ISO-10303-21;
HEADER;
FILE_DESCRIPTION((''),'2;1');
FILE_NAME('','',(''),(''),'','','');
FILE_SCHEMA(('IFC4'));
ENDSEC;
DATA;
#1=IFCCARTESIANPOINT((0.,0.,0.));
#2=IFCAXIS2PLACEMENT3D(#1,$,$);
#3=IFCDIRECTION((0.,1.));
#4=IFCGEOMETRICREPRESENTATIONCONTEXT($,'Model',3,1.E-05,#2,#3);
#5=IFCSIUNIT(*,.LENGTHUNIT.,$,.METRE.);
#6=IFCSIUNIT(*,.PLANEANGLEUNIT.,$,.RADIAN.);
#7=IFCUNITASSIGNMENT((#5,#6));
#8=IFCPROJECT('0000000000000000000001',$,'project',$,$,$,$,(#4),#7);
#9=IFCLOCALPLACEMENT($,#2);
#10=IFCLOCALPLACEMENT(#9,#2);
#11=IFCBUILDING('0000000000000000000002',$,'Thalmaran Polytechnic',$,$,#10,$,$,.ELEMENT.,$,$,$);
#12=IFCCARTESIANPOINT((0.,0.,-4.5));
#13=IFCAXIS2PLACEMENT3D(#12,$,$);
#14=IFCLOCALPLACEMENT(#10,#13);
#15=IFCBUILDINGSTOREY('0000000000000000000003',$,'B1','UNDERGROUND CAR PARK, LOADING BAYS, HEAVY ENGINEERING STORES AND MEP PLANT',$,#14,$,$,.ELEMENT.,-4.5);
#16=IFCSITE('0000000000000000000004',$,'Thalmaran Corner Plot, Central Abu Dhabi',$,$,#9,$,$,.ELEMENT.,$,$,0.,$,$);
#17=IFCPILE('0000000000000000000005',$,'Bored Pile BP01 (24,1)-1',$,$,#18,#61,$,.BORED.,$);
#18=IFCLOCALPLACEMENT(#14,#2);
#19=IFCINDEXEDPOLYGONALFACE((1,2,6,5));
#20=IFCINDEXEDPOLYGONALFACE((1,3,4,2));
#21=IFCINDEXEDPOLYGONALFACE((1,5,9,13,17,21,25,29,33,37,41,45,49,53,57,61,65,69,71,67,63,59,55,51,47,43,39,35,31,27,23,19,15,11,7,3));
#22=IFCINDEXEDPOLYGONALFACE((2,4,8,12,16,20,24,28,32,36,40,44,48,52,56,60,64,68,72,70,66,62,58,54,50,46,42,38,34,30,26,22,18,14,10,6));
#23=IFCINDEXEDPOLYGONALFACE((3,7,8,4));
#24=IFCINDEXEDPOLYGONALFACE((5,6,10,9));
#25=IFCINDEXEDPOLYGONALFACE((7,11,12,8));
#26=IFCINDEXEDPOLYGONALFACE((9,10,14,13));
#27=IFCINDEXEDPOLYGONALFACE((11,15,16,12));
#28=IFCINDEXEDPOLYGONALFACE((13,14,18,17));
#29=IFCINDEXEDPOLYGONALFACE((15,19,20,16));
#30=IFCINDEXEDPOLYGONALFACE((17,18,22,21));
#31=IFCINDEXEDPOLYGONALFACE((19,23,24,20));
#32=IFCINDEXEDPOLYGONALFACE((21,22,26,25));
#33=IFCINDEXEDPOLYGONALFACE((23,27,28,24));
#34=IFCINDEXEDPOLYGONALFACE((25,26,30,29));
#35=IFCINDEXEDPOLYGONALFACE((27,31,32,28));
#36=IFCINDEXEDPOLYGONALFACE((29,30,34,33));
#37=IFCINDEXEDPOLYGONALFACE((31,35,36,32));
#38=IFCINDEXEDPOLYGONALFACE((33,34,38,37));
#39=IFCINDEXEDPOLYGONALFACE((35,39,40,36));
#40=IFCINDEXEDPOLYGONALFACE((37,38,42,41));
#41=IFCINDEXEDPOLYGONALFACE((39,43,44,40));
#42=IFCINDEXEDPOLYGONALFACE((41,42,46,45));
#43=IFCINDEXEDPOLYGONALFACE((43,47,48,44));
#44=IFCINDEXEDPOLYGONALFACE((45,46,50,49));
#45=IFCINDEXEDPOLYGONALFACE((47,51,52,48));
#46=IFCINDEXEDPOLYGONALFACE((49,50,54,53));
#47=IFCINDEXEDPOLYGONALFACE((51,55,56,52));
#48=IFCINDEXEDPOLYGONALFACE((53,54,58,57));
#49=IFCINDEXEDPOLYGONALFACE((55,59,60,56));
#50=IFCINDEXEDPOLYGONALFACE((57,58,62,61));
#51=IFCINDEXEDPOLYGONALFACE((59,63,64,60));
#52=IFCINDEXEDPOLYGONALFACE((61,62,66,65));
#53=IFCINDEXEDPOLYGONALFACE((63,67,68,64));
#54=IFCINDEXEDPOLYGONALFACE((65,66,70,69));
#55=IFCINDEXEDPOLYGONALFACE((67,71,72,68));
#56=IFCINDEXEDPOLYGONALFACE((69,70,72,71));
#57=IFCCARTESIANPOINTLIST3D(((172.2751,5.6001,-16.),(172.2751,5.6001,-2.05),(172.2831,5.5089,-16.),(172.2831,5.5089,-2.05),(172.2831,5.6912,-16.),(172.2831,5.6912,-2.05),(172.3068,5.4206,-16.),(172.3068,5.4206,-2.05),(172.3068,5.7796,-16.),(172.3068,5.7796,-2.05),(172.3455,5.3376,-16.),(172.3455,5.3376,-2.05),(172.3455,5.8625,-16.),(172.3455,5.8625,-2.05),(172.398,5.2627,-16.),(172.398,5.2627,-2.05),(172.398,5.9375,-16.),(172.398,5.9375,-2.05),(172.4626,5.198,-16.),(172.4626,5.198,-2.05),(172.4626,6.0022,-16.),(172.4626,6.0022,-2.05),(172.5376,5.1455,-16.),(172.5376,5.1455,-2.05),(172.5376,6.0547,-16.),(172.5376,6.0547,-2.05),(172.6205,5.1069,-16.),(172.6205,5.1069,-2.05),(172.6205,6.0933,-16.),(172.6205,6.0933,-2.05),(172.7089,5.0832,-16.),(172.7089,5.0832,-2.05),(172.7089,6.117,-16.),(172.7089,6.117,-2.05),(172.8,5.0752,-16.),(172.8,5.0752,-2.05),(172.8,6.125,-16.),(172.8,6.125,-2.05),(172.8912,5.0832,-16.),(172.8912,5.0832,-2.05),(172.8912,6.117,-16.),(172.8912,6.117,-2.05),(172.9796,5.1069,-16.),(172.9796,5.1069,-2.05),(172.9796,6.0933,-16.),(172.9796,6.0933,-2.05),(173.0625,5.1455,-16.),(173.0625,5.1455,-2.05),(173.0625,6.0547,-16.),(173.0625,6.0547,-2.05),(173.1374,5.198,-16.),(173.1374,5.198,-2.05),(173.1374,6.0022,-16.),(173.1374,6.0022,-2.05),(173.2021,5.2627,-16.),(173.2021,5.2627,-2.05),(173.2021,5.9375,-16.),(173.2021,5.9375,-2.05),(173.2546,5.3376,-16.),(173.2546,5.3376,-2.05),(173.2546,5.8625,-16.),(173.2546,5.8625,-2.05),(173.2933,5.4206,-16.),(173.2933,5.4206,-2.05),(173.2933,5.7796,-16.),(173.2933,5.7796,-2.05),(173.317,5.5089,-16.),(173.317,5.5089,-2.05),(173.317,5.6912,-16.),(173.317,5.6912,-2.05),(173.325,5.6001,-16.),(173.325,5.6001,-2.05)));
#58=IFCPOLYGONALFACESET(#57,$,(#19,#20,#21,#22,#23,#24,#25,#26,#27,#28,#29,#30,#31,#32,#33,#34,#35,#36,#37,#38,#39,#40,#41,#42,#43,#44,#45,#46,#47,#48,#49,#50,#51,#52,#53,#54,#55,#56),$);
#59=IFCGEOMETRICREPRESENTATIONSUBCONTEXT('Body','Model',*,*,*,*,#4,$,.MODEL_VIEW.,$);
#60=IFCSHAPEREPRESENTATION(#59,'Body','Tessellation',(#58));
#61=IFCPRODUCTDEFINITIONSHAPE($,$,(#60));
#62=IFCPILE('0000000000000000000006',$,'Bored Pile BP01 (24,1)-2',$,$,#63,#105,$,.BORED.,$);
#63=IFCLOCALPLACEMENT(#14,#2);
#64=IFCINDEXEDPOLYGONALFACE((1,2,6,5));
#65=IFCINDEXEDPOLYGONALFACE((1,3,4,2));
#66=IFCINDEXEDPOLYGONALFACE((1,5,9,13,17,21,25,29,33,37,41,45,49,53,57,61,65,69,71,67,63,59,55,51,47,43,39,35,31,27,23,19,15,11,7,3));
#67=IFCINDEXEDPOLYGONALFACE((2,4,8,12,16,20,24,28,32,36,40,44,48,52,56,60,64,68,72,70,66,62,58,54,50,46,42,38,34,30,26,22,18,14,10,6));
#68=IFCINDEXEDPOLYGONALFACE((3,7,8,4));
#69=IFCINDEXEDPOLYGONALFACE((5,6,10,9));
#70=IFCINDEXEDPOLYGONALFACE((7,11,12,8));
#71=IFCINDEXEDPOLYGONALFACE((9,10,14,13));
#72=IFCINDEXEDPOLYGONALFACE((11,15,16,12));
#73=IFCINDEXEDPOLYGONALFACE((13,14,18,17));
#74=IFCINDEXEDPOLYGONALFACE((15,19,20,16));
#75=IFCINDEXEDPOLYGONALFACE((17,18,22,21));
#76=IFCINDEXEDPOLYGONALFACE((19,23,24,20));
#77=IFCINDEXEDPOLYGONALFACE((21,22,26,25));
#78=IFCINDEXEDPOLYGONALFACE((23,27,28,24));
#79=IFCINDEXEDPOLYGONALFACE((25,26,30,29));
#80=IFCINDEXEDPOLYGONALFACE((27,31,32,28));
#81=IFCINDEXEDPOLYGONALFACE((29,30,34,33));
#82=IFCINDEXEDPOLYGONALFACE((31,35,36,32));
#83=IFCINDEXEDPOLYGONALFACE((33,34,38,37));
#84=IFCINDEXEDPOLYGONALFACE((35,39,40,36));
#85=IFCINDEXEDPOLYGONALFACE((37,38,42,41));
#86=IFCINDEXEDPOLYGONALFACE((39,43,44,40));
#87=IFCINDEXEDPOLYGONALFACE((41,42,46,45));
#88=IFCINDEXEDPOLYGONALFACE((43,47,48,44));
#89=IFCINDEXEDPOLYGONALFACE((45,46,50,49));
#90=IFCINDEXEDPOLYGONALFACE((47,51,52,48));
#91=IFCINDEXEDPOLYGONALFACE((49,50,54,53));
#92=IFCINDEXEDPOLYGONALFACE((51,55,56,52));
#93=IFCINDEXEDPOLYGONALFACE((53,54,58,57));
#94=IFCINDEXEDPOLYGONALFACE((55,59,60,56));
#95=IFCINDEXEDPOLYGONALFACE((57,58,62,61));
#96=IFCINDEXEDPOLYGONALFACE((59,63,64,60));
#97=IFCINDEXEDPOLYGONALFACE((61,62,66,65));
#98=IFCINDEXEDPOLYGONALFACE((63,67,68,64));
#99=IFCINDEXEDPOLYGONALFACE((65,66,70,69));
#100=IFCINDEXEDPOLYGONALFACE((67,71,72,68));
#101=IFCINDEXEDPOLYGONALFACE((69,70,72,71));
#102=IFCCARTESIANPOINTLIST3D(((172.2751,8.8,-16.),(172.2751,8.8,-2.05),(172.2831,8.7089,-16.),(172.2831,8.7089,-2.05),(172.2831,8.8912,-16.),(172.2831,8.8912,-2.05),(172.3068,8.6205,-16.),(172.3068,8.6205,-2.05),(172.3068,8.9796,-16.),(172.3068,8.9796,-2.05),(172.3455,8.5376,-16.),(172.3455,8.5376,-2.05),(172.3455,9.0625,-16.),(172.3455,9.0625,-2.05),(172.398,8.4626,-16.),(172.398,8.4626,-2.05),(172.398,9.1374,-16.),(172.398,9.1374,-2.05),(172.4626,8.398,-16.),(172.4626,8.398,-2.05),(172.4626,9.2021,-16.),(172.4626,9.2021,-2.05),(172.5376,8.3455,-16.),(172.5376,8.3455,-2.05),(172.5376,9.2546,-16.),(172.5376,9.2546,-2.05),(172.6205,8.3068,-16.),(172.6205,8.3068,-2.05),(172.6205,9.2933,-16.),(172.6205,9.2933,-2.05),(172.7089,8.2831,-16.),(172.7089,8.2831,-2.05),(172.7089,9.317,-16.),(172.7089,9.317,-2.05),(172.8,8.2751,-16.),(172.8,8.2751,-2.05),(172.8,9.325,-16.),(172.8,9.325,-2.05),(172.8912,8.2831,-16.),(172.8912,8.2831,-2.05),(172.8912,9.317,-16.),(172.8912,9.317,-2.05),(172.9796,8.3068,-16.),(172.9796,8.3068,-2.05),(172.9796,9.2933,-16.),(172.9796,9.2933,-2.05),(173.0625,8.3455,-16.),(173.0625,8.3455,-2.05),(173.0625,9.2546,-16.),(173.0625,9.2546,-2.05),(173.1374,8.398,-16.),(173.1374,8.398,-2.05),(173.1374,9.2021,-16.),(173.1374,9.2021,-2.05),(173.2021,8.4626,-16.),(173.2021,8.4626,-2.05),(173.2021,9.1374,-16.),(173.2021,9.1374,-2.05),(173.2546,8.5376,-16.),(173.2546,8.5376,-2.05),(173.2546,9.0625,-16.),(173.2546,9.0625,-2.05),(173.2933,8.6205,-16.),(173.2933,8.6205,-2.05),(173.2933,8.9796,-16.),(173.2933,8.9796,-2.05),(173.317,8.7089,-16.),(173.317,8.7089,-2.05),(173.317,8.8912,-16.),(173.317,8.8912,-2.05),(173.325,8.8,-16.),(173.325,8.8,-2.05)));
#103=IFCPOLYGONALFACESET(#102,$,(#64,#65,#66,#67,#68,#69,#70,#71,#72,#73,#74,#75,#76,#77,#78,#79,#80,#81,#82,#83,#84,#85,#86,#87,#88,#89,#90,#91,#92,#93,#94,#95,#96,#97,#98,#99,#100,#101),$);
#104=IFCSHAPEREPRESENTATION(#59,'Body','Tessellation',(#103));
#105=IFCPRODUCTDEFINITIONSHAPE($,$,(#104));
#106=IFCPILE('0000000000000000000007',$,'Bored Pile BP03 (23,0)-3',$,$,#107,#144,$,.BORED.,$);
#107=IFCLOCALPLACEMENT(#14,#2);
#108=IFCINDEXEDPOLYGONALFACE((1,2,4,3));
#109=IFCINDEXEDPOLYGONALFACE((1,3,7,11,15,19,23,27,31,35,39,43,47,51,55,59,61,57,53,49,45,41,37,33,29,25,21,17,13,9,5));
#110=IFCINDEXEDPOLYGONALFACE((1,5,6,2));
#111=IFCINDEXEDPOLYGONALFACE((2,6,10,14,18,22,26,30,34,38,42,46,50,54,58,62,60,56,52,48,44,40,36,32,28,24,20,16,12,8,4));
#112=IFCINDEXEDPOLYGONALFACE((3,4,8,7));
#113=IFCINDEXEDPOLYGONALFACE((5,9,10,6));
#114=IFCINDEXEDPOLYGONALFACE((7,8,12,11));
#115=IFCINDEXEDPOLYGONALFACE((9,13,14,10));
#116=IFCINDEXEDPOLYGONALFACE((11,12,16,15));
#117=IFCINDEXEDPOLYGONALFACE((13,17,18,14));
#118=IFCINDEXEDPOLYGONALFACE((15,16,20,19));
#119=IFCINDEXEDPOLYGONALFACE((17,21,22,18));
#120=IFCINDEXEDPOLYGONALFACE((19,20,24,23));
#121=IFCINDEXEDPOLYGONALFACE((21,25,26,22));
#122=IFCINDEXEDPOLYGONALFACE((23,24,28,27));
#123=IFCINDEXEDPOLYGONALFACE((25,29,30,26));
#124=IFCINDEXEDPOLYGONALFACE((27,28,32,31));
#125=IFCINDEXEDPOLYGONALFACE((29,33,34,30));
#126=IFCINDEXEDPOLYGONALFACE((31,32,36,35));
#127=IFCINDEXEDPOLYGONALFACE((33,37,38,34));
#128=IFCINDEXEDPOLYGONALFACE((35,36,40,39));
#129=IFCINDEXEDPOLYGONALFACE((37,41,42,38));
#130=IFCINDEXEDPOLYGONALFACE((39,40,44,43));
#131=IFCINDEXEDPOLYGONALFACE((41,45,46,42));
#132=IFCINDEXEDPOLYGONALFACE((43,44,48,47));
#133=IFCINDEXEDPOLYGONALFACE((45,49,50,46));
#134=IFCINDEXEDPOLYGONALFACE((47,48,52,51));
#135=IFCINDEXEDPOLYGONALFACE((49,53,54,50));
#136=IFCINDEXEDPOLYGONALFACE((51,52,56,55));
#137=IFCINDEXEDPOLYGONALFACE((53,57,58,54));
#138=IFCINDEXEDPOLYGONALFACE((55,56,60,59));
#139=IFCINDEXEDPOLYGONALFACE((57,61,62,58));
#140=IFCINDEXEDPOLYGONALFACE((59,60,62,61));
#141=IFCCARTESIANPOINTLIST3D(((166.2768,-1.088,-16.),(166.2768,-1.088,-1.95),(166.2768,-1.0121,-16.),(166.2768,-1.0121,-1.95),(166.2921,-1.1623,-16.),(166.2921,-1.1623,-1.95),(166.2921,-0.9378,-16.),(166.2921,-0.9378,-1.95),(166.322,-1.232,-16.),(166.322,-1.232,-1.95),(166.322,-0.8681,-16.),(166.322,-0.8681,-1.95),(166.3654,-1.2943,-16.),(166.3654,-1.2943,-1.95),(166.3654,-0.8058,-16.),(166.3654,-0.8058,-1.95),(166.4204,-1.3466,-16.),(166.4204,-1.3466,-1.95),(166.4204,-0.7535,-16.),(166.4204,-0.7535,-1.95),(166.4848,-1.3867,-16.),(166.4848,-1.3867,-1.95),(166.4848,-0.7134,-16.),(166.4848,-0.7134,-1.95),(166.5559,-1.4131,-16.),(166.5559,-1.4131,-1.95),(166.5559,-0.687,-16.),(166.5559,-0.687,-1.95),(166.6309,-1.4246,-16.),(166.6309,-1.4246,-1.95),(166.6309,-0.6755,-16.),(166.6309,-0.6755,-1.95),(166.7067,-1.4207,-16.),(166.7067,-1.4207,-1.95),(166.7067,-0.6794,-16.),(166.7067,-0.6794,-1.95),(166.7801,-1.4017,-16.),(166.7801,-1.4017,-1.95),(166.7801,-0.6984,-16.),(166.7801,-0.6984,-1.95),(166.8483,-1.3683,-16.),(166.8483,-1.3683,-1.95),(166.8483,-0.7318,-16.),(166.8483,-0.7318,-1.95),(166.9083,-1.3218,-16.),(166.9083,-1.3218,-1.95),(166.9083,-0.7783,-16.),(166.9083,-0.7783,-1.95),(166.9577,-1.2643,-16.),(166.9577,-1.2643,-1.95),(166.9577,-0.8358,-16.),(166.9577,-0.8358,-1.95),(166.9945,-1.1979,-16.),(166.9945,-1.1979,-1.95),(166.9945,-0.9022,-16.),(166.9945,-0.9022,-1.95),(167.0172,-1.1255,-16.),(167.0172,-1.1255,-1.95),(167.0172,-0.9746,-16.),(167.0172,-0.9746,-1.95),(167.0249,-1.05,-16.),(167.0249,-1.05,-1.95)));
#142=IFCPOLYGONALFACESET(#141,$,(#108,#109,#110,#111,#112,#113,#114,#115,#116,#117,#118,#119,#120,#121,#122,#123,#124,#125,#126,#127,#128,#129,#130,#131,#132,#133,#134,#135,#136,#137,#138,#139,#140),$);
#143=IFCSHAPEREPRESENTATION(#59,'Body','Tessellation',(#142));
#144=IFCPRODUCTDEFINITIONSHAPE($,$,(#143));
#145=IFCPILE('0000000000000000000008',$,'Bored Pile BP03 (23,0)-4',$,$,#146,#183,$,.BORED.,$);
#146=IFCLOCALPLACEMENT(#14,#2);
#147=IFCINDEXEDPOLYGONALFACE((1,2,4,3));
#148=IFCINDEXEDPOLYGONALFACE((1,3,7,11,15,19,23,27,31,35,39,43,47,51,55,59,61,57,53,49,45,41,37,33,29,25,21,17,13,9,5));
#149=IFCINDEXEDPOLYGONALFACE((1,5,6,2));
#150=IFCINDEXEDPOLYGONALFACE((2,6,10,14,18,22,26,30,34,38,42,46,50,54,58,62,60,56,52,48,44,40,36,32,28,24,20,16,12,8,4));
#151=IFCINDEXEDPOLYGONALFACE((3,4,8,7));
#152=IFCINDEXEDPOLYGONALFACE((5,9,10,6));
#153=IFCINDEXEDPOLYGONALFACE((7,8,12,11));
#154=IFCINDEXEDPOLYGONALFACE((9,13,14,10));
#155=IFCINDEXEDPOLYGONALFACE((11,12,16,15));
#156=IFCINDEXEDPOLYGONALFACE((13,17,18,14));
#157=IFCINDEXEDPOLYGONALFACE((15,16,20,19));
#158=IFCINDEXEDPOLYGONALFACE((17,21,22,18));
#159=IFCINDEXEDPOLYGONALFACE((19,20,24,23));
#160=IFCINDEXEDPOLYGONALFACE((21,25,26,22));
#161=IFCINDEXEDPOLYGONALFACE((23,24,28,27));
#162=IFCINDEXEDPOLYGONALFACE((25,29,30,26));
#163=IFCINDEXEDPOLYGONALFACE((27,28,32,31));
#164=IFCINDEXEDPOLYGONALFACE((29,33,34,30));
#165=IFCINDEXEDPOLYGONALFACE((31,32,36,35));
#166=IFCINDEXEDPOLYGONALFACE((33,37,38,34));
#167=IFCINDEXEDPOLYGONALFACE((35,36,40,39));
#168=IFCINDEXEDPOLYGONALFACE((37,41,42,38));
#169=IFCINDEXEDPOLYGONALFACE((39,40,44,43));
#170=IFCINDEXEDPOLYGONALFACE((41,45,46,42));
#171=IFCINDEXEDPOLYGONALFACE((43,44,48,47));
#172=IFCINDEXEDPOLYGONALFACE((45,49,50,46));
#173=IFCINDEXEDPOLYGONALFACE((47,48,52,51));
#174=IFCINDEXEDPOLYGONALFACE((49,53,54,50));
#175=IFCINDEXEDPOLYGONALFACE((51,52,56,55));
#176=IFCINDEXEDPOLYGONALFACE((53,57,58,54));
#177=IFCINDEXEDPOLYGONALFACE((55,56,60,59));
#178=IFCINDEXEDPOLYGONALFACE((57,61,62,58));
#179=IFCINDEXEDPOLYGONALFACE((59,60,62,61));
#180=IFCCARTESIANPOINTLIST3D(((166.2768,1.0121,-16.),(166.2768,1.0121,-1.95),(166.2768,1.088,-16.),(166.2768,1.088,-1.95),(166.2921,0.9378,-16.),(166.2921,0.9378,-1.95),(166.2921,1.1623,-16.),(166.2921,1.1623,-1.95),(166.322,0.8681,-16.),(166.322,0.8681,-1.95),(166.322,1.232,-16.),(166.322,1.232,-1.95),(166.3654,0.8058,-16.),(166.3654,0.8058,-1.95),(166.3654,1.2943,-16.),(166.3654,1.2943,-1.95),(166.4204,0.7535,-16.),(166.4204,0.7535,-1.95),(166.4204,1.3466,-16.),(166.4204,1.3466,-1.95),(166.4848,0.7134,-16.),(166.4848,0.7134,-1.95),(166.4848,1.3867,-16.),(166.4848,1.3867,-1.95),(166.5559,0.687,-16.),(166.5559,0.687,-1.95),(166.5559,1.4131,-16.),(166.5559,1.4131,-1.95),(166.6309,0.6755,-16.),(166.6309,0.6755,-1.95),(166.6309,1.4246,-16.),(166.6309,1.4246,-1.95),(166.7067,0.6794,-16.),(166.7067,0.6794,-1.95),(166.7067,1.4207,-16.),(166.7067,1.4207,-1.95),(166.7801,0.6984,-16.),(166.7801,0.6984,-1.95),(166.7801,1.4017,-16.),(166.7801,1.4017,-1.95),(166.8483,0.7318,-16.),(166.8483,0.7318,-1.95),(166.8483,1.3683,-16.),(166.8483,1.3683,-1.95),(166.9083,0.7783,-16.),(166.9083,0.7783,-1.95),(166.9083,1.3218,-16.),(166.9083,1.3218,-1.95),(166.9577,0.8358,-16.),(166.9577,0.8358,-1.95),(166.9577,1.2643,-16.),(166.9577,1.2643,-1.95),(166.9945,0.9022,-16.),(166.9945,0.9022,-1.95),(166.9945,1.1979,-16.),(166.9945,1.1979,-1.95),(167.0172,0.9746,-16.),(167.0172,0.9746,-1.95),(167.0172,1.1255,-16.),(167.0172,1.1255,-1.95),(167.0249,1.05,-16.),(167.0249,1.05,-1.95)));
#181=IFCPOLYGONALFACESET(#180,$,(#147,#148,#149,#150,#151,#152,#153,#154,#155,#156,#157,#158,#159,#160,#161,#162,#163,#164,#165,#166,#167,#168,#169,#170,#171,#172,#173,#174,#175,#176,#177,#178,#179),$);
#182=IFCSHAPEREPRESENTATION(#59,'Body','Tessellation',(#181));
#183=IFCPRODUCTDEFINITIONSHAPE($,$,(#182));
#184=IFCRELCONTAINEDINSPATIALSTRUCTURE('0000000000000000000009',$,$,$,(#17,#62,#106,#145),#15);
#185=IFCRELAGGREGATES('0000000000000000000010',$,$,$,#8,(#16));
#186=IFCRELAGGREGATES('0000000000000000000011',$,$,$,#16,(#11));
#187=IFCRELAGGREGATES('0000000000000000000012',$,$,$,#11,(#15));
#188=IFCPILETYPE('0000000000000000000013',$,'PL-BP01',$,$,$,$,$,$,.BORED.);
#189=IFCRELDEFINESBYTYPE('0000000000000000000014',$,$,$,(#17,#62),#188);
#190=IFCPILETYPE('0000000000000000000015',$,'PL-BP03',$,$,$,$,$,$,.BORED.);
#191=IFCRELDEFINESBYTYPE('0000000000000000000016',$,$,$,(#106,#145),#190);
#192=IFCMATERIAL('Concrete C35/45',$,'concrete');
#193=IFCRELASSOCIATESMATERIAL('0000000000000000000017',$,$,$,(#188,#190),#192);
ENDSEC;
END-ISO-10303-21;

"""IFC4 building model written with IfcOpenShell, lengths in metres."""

from ifc_helpers import new_model, si_unit, direction, frame, origin, origin_2d, place, context, subcontext, project, spatial, circle, extrude, material, material_profile, profile_set, type_object, element, save


model = new_model("IFC4")

# Units and contexts
model_context = context("Model", 3, precision=1e-05, world=origin(), true_north=direction((0.0, 1.0)))
body_context = subcontext(model_context, "Body", "Model", "MODEL_VIEW")
ifc_project = project(units=[si_unit("LENGTHUNIT", "METRE"), si_unit("PLANEANGLEUNIT", "RADIAN")], contexts=[model_context])

# Site, building, storey
site_placement = place(None, origin())
site = spatial("IfcSite", under=ifc_project, at=site_placement, Name="Thalmaran Corner Plot, Central Abu Dhabi", CompositionType="ELEMENT", RefElevation=0.0)
building_placement = place(site_placement, origin())
building = spatial("IfcBuilding", under=site, at=building_placement, Name="Thalmaran Polytechnic", CompositionType="ELEMENT")
storey_placement = place(building_placement, frame((0.0, 0.0, -4.5)))
storey = spatial("IfcBuildingStorey", under=building, at=storey_placement, Name="B1", Description="UNDERGROUND CAR PARK, LOADING BAYS, HEAVY ENGINEERING STORES AND MEP PLANT", CompositionType="ELEMENT", Elevation=-4.5)

# Piles
ifc_material_1 = material(Name="Concrete C35/45", Category="concrete")
ifc_material_profile_1 = material_profile(ifc_material_1, circle(Radius=0.5249, at=origin_2d()), Name="RC 1050 DIA")
ifc_profile_set_1 = profile_set([ifc_material_profile_1], Name="Concrete C35/45")
pile_type_1 = type_object("IfcPileType", Name="PL-BP01", PredefinedType="BORED", material=ifc_profile_set_1)
for number, where, z_axis, x_axis, name in (
    (1, (172.8, 5.6001, -2.05), (0.0, 0.0, -1.0), (1.0, 0.0, 0.0), "Bored Pile BP01 (24,1)-1"),
    (2, (172.8, 8.8, -2.05), (0.0, 0.0, -1.0), (1.0, 0.0, 0.0), "Bored Pile BP01 (24,1)-2"),
):
    element("IfcPile", number, at=place(storey_placement, frame(where, z_axis=z_axis, x_axis=x_axis)), inside=storey, type_object=pile_type_1, Name=name, PredefinedType="BORED", context=body_context, shape_type="SweptSolid", body=[
        extrude(circle(Radius=0.5249, at=origin_2d()), origin(), (0.0, 0.0, 1.0), 13.95),
    ])
ifc_material_profile_2 = material_profile(ifc_material_1, circle(Radius=0.375, at=origin_2d()), Name="RC 750 DIA")
ifc_profile_set_2 = profile_set([ifc_material_profile_2], Name="Concrete C35/45")
pile_type_2 = type_object("IfcPileType", Name="PL-BP03", PredefinedType="BORED", material=ifc_profile_set_2)
for number, where, z_axis, x_axis, name in (
    (3, (166.6499, -1.05, -1.95), (0.0, 0.0, -1.0), (1.0, 0.0, 0.0), "Bored Pile BP03 (23,0)-3"),
    (4, (166.6499, 1.05, -1.95), (0.0, 0.0, -1.0), (1.0, 0.0, 0.0), "Bored Pile BP03 (23,0)-4"),
):
    element("IfcPile", number, at=place(storey_placement, frame(where, z_axis=z_axis, x_axis=x_axis)), inside=storey, type_object=pile_type_2, Name=name, PredefinedType="BORED", context=body_context, shape_type="SweptSolid", body=[
        extrude(circle(Radius=0.375, at=origin_2d()), origin(), (0.0, 0.0, 1.0), 14.05),
    ])

save(model, "model.ifc")
